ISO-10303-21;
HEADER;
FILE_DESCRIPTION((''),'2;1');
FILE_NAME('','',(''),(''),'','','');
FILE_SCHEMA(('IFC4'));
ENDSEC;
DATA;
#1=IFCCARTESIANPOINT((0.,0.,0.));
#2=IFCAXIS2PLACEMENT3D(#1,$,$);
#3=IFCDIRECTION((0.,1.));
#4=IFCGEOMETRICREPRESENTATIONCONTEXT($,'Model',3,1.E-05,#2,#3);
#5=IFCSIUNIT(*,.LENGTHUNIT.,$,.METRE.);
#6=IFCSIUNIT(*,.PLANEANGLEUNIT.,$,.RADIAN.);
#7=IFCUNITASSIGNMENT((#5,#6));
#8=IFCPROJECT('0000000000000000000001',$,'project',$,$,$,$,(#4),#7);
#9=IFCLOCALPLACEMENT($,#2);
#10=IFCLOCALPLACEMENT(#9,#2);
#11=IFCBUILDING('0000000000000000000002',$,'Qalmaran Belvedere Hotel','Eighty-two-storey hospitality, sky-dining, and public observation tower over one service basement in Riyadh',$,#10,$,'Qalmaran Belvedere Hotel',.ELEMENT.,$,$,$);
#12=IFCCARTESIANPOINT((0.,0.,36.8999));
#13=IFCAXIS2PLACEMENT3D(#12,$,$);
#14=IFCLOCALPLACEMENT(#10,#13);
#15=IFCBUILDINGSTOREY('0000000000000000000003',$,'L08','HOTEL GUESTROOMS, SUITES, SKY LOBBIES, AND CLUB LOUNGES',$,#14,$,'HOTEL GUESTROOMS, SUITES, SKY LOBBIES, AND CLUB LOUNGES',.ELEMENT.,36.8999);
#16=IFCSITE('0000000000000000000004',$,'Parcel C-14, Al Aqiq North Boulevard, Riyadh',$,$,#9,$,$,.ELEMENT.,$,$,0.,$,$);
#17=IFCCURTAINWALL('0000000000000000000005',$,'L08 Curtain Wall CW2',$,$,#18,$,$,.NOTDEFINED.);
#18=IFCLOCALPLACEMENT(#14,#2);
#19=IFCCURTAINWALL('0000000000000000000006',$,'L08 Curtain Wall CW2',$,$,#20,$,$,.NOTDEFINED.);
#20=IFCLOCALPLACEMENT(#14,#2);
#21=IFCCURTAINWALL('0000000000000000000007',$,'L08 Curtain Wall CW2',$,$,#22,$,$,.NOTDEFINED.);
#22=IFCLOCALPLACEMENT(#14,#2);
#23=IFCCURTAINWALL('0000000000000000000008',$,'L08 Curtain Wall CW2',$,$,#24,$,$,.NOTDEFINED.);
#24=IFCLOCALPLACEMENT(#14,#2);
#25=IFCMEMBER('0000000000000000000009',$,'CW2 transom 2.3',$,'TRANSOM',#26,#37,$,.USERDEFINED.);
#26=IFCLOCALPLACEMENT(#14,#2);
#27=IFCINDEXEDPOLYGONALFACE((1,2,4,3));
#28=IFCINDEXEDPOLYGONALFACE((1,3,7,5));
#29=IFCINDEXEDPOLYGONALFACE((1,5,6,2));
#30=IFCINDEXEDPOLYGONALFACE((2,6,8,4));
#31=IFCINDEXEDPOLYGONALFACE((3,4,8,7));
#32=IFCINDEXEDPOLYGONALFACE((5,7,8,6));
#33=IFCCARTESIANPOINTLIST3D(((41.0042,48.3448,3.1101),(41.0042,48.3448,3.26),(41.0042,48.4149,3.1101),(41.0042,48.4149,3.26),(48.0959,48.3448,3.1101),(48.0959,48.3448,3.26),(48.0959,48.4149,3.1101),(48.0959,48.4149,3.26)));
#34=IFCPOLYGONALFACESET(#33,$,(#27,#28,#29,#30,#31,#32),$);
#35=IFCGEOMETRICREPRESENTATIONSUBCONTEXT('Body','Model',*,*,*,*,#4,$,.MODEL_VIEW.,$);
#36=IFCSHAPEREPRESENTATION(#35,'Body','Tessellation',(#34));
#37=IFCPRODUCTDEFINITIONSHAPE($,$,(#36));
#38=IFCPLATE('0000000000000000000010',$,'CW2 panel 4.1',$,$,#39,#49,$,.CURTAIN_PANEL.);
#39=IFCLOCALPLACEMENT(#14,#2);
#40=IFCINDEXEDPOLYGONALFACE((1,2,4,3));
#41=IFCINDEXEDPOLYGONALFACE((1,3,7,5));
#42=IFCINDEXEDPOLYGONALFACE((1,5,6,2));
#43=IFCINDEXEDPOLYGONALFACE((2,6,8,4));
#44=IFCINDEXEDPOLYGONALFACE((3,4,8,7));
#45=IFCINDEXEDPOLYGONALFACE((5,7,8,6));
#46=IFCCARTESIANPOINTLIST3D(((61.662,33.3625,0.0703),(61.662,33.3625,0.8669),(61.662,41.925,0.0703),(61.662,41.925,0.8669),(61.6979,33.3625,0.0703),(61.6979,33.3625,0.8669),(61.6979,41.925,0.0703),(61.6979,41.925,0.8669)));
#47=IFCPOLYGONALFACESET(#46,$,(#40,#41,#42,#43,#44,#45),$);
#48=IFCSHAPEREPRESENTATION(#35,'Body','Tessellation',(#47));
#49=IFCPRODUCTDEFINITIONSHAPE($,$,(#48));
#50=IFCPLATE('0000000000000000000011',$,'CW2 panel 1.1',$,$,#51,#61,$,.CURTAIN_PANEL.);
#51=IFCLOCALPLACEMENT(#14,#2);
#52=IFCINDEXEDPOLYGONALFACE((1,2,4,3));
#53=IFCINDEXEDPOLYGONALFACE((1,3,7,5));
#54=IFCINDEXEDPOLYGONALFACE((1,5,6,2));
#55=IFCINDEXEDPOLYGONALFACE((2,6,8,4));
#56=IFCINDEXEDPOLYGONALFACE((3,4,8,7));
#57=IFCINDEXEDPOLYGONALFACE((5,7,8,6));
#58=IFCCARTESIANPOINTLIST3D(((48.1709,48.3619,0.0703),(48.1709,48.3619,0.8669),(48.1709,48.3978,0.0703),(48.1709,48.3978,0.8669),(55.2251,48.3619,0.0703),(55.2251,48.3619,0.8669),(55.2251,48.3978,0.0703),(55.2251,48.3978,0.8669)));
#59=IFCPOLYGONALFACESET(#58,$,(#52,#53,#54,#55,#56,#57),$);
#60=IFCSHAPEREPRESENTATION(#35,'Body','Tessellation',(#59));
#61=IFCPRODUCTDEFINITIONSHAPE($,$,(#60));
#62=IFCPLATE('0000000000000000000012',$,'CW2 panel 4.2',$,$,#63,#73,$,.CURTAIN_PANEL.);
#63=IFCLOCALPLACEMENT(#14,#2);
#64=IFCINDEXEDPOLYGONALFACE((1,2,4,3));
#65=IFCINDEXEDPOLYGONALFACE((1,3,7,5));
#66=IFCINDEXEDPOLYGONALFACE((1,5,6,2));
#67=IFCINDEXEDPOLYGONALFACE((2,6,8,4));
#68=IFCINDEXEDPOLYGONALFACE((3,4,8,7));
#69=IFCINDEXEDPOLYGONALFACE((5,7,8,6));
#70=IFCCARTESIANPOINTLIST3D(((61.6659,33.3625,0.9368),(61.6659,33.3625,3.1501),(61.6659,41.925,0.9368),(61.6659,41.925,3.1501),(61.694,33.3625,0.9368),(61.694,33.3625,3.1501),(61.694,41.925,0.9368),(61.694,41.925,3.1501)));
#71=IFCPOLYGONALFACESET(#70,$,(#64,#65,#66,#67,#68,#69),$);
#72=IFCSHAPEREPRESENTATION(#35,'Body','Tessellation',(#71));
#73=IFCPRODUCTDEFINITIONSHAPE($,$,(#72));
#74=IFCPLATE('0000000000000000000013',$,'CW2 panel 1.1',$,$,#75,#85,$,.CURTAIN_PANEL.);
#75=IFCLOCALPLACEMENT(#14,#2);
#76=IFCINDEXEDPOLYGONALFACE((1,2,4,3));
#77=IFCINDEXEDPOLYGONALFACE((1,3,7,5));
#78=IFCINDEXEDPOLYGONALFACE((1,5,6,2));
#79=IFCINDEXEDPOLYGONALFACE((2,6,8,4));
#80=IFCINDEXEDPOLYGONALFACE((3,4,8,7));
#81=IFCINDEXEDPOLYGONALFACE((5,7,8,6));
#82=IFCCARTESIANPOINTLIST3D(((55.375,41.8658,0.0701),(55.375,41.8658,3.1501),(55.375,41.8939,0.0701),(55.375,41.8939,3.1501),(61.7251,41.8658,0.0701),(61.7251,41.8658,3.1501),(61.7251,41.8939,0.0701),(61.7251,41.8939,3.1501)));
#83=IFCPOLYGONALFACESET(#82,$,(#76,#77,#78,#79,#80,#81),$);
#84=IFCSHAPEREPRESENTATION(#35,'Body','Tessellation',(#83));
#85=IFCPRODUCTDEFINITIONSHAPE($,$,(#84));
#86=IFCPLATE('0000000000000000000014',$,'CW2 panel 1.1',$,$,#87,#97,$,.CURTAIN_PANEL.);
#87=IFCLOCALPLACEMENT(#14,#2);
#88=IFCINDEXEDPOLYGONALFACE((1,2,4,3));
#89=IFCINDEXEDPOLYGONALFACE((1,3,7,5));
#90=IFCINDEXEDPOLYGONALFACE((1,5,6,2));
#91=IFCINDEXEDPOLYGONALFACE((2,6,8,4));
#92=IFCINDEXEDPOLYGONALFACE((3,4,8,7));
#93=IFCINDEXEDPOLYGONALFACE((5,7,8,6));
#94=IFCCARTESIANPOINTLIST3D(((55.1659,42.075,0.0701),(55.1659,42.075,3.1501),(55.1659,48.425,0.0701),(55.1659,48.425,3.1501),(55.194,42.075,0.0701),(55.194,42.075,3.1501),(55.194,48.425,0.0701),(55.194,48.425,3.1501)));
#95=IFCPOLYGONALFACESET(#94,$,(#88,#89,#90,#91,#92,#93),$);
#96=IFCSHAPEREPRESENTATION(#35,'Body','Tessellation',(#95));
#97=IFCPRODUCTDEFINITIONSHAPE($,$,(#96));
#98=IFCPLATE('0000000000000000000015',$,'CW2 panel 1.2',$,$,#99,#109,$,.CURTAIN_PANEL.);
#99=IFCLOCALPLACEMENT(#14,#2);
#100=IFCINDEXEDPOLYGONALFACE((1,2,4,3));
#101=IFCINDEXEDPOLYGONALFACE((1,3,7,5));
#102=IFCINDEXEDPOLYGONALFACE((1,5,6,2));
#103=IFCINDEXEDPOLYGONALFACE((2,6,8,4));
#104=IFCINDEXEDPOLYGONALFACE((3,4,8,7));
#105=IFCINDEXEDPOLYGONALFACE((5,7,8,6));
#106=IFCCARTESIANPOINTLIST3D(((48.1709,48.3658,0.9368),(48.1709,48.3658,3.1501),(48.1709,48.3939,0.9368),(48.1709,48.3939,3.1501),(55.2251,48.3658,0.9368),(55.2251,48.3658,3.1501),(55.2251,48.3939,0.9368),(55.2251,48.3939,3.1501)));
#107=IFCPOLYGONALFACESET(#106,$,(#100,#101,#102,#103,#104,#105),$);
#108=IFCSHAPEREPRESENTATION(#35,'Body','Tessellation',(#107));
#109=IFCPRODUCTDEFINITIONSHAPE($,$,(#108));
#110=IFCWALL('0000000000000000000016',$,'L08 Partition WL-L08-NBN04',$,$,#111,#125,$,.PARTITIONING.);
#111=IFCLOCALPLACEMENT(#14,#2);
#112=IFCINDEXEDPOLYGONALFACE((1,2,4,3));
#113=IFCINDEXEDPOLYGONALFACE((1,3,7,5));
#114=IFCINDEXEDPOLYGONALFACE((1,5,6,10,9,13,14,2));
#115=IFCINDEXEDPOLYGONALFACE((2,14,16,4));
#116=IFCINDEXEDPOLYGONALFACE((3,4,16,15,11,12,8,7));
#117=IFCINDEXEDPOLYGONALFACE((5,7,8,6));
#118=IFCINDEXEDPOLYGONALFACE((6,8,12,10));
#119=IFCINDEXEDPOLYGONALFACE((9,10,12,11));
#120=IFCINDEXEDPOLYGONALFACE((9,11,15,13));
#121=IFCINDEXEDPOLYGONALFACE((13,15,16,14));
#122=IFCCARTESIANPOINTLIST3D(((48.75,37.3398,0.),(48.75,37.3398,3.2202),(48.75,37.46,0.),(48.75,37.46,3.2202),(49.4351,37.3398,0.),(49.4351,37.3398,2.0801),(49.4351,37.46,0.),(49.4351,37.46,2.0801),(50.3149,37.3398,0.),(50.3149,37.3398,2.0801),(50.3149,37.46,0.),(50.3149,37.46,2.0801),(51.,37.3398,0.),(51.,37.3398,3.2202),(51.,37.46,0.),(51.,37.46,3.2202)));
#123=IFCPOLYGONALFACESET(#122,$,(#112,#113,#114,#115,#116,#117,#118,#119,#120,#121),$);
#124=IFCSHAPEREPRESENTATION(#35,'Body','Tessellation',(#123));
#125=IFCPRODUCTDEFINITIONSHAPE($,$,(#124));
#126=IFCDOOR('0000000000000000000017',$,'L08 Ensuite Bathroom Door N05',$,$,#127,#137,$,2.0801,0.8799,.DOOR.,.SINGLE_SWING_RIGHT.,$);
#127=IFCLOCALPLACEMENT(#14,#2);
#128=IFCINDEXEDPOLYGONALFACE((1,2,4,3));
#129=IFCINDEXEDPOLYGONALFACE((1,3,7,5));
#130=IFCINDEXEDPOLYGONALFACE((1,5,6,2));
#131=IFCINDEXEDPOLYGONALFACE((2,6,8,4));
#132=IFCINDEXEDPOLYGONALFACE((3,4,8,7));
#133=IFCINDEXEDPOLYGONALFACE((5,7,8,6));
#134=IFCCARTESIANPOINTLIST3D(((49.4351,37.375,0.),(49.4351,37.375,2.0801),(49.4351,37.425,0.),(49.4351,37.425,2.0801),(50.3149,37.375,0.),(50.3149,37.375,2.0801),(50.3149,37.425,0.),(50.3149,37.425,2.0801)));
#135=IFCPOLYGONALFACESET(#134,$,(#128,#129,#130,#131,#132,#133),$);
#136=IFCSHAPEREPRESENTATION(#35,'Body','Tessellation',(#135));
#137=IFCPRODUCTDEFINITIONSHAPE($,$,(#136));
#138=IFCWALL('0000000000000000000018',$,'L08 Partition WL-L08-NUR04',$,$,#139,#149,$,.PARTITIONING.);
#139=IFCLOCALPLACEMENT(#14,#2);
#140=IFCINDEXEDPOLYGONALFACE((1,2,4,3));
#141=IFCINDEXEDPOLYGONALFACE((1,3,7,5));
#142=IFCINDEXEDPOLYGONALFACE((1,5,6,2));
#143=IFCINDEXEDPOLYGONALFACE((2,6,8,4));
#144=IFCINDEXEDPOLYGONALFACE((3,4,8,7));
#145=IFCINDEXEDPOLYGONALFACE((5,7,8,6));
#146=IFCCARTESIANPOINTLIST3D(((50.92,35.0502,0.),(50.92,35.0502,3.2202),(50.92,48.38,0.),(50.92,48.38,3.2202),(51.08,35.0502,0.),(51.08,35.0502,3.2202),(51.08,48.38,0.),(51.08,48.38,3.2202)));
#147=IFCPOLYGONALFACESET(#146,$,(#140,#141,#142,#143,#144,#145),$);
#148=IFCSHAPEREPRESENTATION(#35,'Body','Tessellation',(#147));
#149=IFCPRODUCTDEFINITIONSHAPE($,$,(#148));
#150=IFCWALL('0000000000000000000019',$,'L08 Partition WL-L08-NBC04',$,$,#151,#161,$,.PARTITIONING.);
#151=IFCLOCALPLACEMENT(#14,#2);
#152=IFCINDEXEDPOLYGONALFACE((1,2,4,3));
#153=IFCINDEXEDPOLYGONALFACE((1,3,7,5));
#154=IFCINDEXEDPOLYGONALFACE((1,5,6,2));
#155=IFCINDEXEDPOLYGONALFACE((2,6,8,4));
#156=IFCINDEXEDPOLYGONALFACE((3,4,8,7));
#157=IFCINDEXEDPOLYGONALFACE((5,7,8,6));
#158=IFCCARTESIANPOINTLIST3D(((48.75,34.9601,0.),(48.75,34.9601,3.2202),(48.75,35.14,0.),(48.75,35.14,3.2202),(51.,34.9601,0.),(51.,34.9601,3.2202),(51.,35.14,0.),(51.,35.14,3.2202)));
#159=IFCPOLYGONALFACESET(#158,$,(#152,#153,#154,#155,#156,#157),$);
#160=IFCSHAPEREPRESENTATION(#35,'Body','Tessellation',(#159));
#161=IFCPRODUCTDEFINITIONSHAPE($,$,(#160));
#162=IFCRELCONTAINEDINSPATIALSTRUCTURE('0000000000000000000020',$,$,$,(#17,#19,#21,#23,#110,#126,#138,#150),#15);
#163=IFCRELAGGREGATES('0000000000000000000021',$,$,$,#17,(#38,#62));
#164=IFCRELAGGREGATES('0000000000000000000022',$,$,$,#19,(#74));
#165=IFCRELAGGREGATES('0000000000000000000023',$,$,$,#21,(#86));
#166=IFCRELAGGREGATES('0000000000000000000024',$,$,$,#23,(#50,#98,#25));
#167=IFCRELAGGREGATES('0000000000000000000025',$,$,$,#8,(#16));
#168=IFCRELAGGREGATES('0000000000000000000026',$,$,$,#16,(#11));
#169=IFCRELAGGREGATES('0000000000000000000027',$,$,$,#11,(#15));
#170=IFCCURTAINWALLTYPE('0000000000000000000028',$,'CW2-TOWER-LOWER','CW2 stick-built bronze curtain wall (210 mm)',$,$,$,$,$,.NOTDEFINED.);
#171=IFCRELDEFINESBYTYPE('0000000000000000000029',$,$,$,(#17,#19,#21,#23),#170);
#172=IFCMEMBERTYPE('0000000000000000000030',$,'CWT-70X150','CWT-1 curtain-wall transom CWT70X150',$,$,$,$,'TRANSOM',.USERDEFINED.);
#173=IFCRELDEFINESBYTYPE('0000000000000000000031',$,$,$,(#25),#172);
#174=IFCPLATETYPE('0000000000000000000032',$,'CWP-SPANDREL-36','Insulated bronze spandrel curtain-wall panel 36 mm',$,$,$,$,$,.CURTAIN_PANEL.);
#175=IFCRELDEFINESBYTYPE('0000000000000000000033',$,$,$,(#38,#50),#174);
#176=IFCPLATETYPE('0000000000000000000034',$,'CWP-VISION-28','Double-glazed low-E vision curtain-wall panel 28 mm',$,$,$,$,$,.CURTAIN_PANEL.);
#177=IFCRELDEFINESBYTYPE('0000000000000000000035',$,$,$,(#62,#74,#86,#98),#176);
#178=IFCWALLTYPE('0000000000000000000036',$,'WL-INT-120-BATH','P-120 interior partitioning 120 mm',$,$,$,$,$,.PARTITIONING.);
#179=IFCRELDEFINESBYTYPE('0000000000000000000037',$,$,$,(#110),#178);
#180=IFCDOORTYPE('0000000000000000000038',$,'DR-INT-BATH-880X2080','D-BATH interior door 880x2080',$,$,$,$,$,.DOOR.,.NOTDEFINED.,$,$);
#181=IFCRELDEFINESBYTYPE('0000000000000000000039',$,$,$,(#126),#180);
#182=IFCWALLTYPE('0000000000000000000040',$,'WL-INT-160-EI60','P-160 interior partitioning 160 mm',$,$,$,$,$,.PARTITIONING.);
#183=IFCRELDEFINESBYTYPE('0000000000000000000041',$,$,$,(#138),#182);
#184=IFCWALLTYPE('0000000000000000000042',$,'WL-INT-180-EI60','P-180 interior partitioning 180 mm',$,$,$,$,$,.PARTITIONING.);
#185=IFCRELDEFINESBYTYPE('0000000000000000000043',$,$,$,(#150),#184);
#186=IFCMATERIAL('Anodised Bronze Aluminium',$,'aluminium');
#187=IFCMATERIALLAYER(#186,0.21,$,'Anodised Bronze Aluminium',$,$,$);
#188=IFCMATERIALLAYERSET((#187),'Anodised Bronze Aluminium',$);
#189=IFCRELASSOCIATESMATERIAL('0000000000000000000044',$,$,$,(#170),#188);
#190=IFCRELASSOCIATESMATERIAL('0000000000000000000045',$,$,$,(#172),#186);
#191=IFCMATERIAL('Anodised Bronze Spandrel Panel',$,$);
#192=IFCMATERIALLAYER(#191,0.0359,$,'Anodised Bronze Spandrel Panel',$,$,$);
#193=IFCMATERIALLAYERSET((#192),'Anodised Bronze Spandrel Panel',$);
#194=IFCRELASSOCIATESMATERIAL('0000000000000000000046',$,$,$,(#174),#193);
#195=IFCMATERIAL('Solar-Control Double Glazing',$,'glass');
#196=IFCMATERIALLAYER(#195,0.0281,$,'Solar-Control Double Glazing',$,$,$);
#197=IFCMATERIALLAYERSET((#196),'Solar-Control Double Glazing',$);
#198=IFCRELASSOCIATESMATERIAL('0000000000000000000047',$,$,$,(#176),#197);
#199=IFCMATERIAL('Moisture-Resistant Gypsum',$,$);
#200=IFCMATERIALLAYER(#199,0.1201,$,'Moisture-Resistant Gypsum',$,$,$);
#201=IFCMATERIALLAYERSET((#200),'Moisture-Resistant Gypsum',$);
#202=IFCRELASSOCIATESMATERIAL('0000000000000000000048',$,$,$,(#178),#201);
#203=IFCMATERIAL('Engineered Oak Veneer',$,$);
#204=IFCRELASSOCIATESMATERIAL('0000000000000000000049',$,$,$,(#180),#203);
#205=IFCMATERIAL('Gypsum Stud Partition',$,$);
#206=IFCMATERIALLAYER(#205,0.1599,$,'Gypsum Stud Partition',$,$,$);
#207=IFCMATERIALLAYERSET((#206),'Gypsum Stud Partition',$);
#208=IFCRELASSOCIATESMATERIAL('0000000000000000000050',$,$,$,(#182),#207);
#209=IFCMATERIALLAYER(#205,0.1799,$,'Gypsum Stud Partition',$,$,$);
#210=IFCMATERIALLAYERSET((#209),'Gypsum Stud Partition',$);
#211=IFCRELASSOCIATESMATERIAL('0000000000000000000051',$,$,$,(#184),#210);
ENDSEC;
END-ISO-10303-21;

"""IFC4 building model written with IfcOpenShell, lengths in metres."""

from ifc_helpers import new_model, si_unit, direction, frame, frame_2d, origin, origin_2d, place, context, subcontext, project, spatial, rectangle, extrude, material, layer, layer_set, material_profile, profile_set, type_object, element, fill, aggregate, save


model = new_model("IFC4")

# Units and contexts
model_context = context("Model", 3, precision=1e-05, world=origin(), true_north=direction((0.0, 1.0)))
body_context = subcontext(model_context, "Body", "Model", "MODEL_VIEW")
ifc_project = project(units=[si_unit("LENGTHUNIT", "METRE"), si_unit("PLANEANGLEUNIT", "RADIAN")], contexts=[model_context])

# Site, building, storey
site_placement = place(None, origin())
site = spatial("IfcSite", under=ifc_project, at=site_placement, Name="Parcel C-14, Al Aqiq North Boulevard, Riyadh", CompositionType="ELEMENT", RefElevation=0.0)
building_placement = place(site_placement, origin())
building = spatial("IfcBuilding", under=site, at=building_placement, Name="Qalmaran Belvedere Hotel", Description="Eighty-two-storey hospitality, sky-dining, and public observation tower over one service basement in Riyadh", LongName="Qalmaran Belvedere Hotel", CompositionType="ELEMENT")
storey_placement = place(building_placement, frame((0.0, 0.0, 36.8999)))
storey = spatial("IfcBuildingStorey", under=building, at=storey_placement, Name="L08", Description="HOTEL GUESTROOMS, SUITES, SKY LOBBIES, AND CLUB LOUNGES", LongName="HOTEL GUESTROOMS, SUITES, SKY LOBBIES, AND CLUB LOUNGES", CompositionType="ELEMENT", Elevation=36.8999)

# Curtain wall
ifc_material_1 = material(Name="Anodised Bronze Aluminium", Category="aluminium")
ifc_layer_1 = layer(ifc_material_1, 0.21, Name="Anodised Bronze Aluminium")
ifc_layer_set_1 = layer_set([ifc_layer_1], Name="Anodised Bronze Aluminium")
curtain_wall_type = type_object("IfcCurtainWallType", Name="CW2-TOWER-LOWER", Description="CW2 stick-built bronze curtain wall (210 mm)", PredefinedType="NOTDEFINED", material=ifc_layer_set_1)
curtain_wall_1_placement = place(storey_placement, origin())
curtain_wall_1 = element("IfcCurtainWall", 1, at=curtain_wall_1_placement, inside=storey, type_object=curtain_wall_type, Name="L08 Curtain Wall CW2", PredefinedType="NOTDEFINED")

# Curtain walls
curtain_wall_2_placement = place(storey_placement, origin())
curtain_wall_2 = element("IfcCurtainWall", 2, at=curtain_wall_2_placement, inside=storey, type_object=curtain_wall_type, Name="L08 Curtain Wall CW2", PredefinedType="NOTDEFINED")
curtain_wall_3_placement = place(storey_placement, origin())
curtain_wall_3 = element("IfcCurtainWall", 3, at=curtain_wall_3_placement, inside=storey, type_object=curtain_wall_type, Name="L08 Curtain Wall CW2", PredefinedType="NOTDEFINED")
curtain_wall_4_placement = place(storey_placement, origin())
curtain_wall_4 = element("IfcCurtainWall", 4, at=curtain_wall_4_placement, inside=storey, type_object=curtain_wall_type, Name="L08 Curtain Wall CW2", PredefinedType="NOTDEFINED")

# Member
ifc_material_profile_1 = material_profile(ifc_material_1, rectangle(XDim=0.0701, YDim=0.1499, at=origin_2d()), Name="CWT70X150")
ifc_profile_set_1 = profile_set([ifc_material_profile_1], Name="Anodised Bronze Aluminium")
member_type_1 = type_object("IfcMemberType", Name="CWT-70X150", Description="CWT-1 curtain-wall transom CWT70X150", ElementType="TRANSOM", PredefinedType="USERDEFINED", material=ifc_profile_set_1)
member_1_placement = place(storey_placement, frame((48.0959, 48.3799, 3.1851), z_axis=(-1.0, 0.0, 0.0), x_axis=(0.0, -1.0, 0.0)))
member_1 = element("IfcMember", 5, at=member_1_placement, type_object=member_type_1, Name="CW2 transom 2.3", ObjectType="TRANSOM", PredefinedType="USERDEFINED", context=body_context, shape_type="SweptSolid", body=[
    extrude(rectangle(XDim=0.0701, YDim=0.1499, at=origin_2d()), origin(), (0.0, 0.0, 1.0), 7.0918),
])

# Plates
ifc_material_2 = material(Name="Anodised Bronze Spandrel Panel")
ifc_layer_2 = layer(ifc_material_2, 0.0359, Name="Anodised Bronze Spandrel Panel")
ifc_layer_set_2 = layer_set([ifc_layer_2], Name="Anodised Bronze Spandrel Panel")
plate_type_1 = type_object("IfcPlateType", Name="CWP-SPANDREL-36", Description="Insulated bronze spandrel curtain-wall panel 36 mm", PredefinedType="CURTAIN_PANEL", material=ifc_layer_set_2)
plate_1_placement = place(storey_placement, frame((61.6799, 37.6438, 0.0703), z_axis=(0.0, 0.0, 1.0), x_axis=(0.0, 1.0, 0.0)))
plate_1 = element("IfcPlate", 6, at=plate_1_placement, type_object=plate_type_1, Name="CW2 panel 4.1", PredefinedType="CURTAIN_PANEL", context=body_context, shape_type="SweptSolid", body=[
    extrude(rectangle(XDim=8.5625, YDim=0.0359, at=origin_2d()), origin(), (0.0, 0.0, 1.0), 0.7966),
])
plate_2_placement = place(storey_placement, frame((51.698, 48.3799, 0.0703), z_axis=(0.0, 0.0, 1.0), x_axis=(-1.0, 0.0, 0.0)))
plate_2 = element("IfcPlate", 7, at=plate_2_placement, type_object=plate_type_1, Name="CW2 panel 1.1", PredefinedType="CURTAIN_PANEL", context=body_context, shape_type="SweptSolid", body=[
    extrude(rectangle(XDim=7.0542, YDim=0.0359, at=origin_2d()), origin(), (0.0, 0.0, 1.0), 0.7966),
])
ifc_material_3 = material(Name="Solar-Control Double Glazing", Category="glass")
ifc_layer_3 = layer(ifc_material_3, 0.0281, Name="Solar-Control Double Glazing")
ifc_layer_set_3 = layer_set([ifc_layer_3], Name="Solar-Control Double Glazing")
plate_type_2 = type_object("IfcPlateType", Name="CWP-VISION-28", Description="Double-glazed low-E vision curtain-wall panel 28 mm", PredefinedType="CURTAIN_PANEL", material=ifc_layer_set_3)
plate_3_placement = place(storey_placement, frame((61.6799, 37.6438, 0.9368), z_axis=(0.0, 0.0, 1.0), x_axis=(0.0, 1.0, 0.0)))
plate_3 = element("IfcPlate", 8, at=plate_3_placement, type_object=plate_type_2, Name="CW2 panel 4.2", PredefinedType="CURTAIN_PANEL", context=body_context, shape_type="SweptSolid", body=[
    extrude(rectangle(XDim=8.5625, YDim=0.0281, at=origin_2d()), origin(), (0.0, 0.0, 1.0), 2.2134),
])
aggregate(curtain_wall_1, [plate_1, plate_3])
plate_4_placement = place(storey_placement, frame((58.55, 41.8799, 0.0701), z_axis=(0.0, 0.0, 1.0), x_axis=(-1.0, 0.0, 0.0)))
plate_4 = element("IfcPlate", 9, at=plate_4_placement, type_object=plate_type_2, Name="CW2 panel 1.1", PredefinedType="CURTAIN_PANEL", context=body_context, shape_type="SweptSolid", body=[
    extrude(rectangle(XDim=6.3501, YDim=0.0281, at=origin_2d()), origin(), (0.0, 0.0, 1.0), 3.0801),
])
aggregate(curtain_wall_2, [plate_4])
plate_5_placement = place(storey_placement, frame((55.1799, 45.25, 0.0701), z_axis=(0.0, 0.0, 1.0), x_axis=(0.0, 1.0, 0.0)))
plate_5 = element("IfcPlate", 10, at=plate_5_placement, type_object=plate_type_2, Name="CW2 panel 1.1", PredefinedType="CURTAIN_PANEL", context=body_context, shape_type="SweptSolid", body=[
    extrude(rectangle(XDim=6.3501, YDim=0.0281, at=origin_2d()), origin(), (0.0, 0.0, 1.0), 3.0801),
])
aggregate(curtain_wall_3, [plate_5])
plate_6_placement = place(storey_placement, frame((51.698, 48.3799, 0.9368), z_axis=(0.0, 0.0, 1.0), x_axis=(-1.0, 0.0, 0.0)))
plate_6 = element("IfcPlate", 11, at=plate_6_placement, type_object=plate_type_2, Name="CW2 panel 1.2", PredefinedType="CURTAIN_PANEL", context=body_context, shape_type="SweptSolid", body=[
    extrude(rectangle(XDim=7.0542, YDim=0.0281, at=origin_2d()), origin(), (0.0, 0.0, 1.0), 2.2134),
])
aggregate(curtain_wall_4, [plate_2, plate_6, member_1])

# Wall, opening, door
ifc_material_4 = material(Name="Moisture-Resistant Gypsum")
ifc_layer_4 = layer(ifc_material_4, 0.1201, Name="Moisture-Resistant Gypsum")
ifc_layer_set_4 = layer_set([ifc_layer_4], Name="Moisture-Resistant Gypsum")
wall_type_1 = type_object("IfcWallType", Name="WL-INT-120-BATH", Description="P-120 interior partitioning 120 mm", PredefinedType="PARTITIONING", material=ifc_layer_set_4)
wall_1_placement = place(storey_placement, frame((48.75, 37.3999, 0.0), z_axis=(0.0, 0.0, 1.0), x_axis=(1.0, 0.0, 0.0)))
wall_1 = element("IfcWall", 12, at=wall_1_placement, inside=storey, type_object=wall_type_1, Name="L08 Partition WL-L08-NBN04", PredefinedType="PARTITIONING", context=body_context, shape_type="SweptSolid", body=[
    extrude(rectangle(XDim=2.25, YDim=0.1201, at=frame_2d((1.125, 0.0))), origin(), (0.0, 0.0, 1.0), 3.2202),
])
opening_placement = place(wall_1_placement, frame((1.5649, 0.0, 0.0), z_axis=(0.0, 0.0, 1.0), x_axis=(-1.0, 0.0, 0.0)))
opening = element("IfcOpeningElement", 13, at=opening_placement, cuts=wall_1, PredefinedType="OPENING", context=body_context, shape_type="SweptSolid", body=[
    extrude(rectangle(XDim=0.8799, YDim=2.0801, at=frame_2d((0.4399, 1.04))), frame((0.0, 0.0701, 0.0), z_axis=(0.0, -1.0, 0.0), x_axis=(1.0, 0.0, 0.0)), (0.0, 0.0, 1.0), 0.1401),
])
ifc_material_5 = material(Name="Engineered Oak Veneer")
door_type = type_object("IfcDoorType", Name="DR-INT-BATH-880X2080", Description="D-BATH interior door 880x2080", OperationType="NOTDEFINED", PredefinedType="DOOR", material=ifc_material_5)
door_placement = place(opening_placement, origin())
door = element("IfcDoor", 14, at=door_placement, inside=storey, type_object=door_type, Name="L08 Ensuite Bathroom Door N05", OperationType="SINGLE_SWING_RIGHT", OverallHeight=2.0801, OverallWidth=0.8799, PredefinedType="DOOR", context=body_context, shape_type="SweptSolid", body=[
    extrude(rectangle(XDim=0.8799, YDim=2.0801, at=frame_2d((0.4399, 1.04))), frame((0.0, 0.0249, 0.0), z_axis=(0.0, -1.0, 0.0), x_axis=(1.0, 0.0, 0.0)), (0.0, 0.0, 1.0), 0.05),
])
fill(opening, door)

# Walls
ifc_material_6 = material(Name="Gypsum Stud Partition")
ifc_layer_5 = layer(ifc_material_6, 0.1599, Name="Gypsum Stud Partition")
ifc_layer_set_5 = layer_set([ifc_layer_5], Name="Gypsum Stud Partition")
wall_type_2 = type_object("IfcWallType", Name="WL-INT-160-EI60", Description="P-160 interior partitioning 160 mm", PredefinedType="PARTITIONING", material=ifc_layer_set_5)
wall_2_placement = place(storey_placement, frame((51.0, 35.05, 0.0), z_axis=(0.0, 0.0, 1.0), x_axis=(0.0, 1.0, 0.0)))
element("IfcWall", 15, at=wall_2_placement, inside=storey, type_object=wall_type_2, Name="L08 Partition WL-L08-NUR04", PredefinedType="PARTITIONING", context=body_context, shape_type="SweptSolid", body=[
    extrude(rectangle(XDim=13.3298, YDim=0.1599, at=frame_2d((6.665, 0.0))), origin(), (0.0, 0.0, 1.0), 3.2202),
])
ifc_layer_6 = layer(ifc_material_6, 0.1799, Name="Gypsum Stud Partition")
ifc_layer_set_6 = layer_set([ifc_layer_6], Name="Gypsum Stud Partition")
wall_type_3 = type_object("IfcWallType", Name="WL-INT-180-EI60", Description="P-180 interior partitioning 180 mm", PredefinedType="PARTITIONING", material=ifc_layer_set_6)
wall_3_placement = place(storey_placement, frame((48.75, 35.05, 0.0), z_axis=(0.0, 0.0, 1.0), x_axis=(1.0, 0.0, 0.0)))
element("IfcWall", 16, at=wall_3_placement, inside=storey, type_object=wall_type_3, Name="L08 Partition WL-L08-NBC04", PredefinedType="PARTITIONING", context=body_context, shape_type="SweptSolid", body=[
    extrude(rectangle(XDim=2.25, YDim=0.1799, at=frame_2d((1.125, 0.0))), origin(), (0.0, 0.0, 1.0), 3.2202),
])

save(model, "model.ifc")
